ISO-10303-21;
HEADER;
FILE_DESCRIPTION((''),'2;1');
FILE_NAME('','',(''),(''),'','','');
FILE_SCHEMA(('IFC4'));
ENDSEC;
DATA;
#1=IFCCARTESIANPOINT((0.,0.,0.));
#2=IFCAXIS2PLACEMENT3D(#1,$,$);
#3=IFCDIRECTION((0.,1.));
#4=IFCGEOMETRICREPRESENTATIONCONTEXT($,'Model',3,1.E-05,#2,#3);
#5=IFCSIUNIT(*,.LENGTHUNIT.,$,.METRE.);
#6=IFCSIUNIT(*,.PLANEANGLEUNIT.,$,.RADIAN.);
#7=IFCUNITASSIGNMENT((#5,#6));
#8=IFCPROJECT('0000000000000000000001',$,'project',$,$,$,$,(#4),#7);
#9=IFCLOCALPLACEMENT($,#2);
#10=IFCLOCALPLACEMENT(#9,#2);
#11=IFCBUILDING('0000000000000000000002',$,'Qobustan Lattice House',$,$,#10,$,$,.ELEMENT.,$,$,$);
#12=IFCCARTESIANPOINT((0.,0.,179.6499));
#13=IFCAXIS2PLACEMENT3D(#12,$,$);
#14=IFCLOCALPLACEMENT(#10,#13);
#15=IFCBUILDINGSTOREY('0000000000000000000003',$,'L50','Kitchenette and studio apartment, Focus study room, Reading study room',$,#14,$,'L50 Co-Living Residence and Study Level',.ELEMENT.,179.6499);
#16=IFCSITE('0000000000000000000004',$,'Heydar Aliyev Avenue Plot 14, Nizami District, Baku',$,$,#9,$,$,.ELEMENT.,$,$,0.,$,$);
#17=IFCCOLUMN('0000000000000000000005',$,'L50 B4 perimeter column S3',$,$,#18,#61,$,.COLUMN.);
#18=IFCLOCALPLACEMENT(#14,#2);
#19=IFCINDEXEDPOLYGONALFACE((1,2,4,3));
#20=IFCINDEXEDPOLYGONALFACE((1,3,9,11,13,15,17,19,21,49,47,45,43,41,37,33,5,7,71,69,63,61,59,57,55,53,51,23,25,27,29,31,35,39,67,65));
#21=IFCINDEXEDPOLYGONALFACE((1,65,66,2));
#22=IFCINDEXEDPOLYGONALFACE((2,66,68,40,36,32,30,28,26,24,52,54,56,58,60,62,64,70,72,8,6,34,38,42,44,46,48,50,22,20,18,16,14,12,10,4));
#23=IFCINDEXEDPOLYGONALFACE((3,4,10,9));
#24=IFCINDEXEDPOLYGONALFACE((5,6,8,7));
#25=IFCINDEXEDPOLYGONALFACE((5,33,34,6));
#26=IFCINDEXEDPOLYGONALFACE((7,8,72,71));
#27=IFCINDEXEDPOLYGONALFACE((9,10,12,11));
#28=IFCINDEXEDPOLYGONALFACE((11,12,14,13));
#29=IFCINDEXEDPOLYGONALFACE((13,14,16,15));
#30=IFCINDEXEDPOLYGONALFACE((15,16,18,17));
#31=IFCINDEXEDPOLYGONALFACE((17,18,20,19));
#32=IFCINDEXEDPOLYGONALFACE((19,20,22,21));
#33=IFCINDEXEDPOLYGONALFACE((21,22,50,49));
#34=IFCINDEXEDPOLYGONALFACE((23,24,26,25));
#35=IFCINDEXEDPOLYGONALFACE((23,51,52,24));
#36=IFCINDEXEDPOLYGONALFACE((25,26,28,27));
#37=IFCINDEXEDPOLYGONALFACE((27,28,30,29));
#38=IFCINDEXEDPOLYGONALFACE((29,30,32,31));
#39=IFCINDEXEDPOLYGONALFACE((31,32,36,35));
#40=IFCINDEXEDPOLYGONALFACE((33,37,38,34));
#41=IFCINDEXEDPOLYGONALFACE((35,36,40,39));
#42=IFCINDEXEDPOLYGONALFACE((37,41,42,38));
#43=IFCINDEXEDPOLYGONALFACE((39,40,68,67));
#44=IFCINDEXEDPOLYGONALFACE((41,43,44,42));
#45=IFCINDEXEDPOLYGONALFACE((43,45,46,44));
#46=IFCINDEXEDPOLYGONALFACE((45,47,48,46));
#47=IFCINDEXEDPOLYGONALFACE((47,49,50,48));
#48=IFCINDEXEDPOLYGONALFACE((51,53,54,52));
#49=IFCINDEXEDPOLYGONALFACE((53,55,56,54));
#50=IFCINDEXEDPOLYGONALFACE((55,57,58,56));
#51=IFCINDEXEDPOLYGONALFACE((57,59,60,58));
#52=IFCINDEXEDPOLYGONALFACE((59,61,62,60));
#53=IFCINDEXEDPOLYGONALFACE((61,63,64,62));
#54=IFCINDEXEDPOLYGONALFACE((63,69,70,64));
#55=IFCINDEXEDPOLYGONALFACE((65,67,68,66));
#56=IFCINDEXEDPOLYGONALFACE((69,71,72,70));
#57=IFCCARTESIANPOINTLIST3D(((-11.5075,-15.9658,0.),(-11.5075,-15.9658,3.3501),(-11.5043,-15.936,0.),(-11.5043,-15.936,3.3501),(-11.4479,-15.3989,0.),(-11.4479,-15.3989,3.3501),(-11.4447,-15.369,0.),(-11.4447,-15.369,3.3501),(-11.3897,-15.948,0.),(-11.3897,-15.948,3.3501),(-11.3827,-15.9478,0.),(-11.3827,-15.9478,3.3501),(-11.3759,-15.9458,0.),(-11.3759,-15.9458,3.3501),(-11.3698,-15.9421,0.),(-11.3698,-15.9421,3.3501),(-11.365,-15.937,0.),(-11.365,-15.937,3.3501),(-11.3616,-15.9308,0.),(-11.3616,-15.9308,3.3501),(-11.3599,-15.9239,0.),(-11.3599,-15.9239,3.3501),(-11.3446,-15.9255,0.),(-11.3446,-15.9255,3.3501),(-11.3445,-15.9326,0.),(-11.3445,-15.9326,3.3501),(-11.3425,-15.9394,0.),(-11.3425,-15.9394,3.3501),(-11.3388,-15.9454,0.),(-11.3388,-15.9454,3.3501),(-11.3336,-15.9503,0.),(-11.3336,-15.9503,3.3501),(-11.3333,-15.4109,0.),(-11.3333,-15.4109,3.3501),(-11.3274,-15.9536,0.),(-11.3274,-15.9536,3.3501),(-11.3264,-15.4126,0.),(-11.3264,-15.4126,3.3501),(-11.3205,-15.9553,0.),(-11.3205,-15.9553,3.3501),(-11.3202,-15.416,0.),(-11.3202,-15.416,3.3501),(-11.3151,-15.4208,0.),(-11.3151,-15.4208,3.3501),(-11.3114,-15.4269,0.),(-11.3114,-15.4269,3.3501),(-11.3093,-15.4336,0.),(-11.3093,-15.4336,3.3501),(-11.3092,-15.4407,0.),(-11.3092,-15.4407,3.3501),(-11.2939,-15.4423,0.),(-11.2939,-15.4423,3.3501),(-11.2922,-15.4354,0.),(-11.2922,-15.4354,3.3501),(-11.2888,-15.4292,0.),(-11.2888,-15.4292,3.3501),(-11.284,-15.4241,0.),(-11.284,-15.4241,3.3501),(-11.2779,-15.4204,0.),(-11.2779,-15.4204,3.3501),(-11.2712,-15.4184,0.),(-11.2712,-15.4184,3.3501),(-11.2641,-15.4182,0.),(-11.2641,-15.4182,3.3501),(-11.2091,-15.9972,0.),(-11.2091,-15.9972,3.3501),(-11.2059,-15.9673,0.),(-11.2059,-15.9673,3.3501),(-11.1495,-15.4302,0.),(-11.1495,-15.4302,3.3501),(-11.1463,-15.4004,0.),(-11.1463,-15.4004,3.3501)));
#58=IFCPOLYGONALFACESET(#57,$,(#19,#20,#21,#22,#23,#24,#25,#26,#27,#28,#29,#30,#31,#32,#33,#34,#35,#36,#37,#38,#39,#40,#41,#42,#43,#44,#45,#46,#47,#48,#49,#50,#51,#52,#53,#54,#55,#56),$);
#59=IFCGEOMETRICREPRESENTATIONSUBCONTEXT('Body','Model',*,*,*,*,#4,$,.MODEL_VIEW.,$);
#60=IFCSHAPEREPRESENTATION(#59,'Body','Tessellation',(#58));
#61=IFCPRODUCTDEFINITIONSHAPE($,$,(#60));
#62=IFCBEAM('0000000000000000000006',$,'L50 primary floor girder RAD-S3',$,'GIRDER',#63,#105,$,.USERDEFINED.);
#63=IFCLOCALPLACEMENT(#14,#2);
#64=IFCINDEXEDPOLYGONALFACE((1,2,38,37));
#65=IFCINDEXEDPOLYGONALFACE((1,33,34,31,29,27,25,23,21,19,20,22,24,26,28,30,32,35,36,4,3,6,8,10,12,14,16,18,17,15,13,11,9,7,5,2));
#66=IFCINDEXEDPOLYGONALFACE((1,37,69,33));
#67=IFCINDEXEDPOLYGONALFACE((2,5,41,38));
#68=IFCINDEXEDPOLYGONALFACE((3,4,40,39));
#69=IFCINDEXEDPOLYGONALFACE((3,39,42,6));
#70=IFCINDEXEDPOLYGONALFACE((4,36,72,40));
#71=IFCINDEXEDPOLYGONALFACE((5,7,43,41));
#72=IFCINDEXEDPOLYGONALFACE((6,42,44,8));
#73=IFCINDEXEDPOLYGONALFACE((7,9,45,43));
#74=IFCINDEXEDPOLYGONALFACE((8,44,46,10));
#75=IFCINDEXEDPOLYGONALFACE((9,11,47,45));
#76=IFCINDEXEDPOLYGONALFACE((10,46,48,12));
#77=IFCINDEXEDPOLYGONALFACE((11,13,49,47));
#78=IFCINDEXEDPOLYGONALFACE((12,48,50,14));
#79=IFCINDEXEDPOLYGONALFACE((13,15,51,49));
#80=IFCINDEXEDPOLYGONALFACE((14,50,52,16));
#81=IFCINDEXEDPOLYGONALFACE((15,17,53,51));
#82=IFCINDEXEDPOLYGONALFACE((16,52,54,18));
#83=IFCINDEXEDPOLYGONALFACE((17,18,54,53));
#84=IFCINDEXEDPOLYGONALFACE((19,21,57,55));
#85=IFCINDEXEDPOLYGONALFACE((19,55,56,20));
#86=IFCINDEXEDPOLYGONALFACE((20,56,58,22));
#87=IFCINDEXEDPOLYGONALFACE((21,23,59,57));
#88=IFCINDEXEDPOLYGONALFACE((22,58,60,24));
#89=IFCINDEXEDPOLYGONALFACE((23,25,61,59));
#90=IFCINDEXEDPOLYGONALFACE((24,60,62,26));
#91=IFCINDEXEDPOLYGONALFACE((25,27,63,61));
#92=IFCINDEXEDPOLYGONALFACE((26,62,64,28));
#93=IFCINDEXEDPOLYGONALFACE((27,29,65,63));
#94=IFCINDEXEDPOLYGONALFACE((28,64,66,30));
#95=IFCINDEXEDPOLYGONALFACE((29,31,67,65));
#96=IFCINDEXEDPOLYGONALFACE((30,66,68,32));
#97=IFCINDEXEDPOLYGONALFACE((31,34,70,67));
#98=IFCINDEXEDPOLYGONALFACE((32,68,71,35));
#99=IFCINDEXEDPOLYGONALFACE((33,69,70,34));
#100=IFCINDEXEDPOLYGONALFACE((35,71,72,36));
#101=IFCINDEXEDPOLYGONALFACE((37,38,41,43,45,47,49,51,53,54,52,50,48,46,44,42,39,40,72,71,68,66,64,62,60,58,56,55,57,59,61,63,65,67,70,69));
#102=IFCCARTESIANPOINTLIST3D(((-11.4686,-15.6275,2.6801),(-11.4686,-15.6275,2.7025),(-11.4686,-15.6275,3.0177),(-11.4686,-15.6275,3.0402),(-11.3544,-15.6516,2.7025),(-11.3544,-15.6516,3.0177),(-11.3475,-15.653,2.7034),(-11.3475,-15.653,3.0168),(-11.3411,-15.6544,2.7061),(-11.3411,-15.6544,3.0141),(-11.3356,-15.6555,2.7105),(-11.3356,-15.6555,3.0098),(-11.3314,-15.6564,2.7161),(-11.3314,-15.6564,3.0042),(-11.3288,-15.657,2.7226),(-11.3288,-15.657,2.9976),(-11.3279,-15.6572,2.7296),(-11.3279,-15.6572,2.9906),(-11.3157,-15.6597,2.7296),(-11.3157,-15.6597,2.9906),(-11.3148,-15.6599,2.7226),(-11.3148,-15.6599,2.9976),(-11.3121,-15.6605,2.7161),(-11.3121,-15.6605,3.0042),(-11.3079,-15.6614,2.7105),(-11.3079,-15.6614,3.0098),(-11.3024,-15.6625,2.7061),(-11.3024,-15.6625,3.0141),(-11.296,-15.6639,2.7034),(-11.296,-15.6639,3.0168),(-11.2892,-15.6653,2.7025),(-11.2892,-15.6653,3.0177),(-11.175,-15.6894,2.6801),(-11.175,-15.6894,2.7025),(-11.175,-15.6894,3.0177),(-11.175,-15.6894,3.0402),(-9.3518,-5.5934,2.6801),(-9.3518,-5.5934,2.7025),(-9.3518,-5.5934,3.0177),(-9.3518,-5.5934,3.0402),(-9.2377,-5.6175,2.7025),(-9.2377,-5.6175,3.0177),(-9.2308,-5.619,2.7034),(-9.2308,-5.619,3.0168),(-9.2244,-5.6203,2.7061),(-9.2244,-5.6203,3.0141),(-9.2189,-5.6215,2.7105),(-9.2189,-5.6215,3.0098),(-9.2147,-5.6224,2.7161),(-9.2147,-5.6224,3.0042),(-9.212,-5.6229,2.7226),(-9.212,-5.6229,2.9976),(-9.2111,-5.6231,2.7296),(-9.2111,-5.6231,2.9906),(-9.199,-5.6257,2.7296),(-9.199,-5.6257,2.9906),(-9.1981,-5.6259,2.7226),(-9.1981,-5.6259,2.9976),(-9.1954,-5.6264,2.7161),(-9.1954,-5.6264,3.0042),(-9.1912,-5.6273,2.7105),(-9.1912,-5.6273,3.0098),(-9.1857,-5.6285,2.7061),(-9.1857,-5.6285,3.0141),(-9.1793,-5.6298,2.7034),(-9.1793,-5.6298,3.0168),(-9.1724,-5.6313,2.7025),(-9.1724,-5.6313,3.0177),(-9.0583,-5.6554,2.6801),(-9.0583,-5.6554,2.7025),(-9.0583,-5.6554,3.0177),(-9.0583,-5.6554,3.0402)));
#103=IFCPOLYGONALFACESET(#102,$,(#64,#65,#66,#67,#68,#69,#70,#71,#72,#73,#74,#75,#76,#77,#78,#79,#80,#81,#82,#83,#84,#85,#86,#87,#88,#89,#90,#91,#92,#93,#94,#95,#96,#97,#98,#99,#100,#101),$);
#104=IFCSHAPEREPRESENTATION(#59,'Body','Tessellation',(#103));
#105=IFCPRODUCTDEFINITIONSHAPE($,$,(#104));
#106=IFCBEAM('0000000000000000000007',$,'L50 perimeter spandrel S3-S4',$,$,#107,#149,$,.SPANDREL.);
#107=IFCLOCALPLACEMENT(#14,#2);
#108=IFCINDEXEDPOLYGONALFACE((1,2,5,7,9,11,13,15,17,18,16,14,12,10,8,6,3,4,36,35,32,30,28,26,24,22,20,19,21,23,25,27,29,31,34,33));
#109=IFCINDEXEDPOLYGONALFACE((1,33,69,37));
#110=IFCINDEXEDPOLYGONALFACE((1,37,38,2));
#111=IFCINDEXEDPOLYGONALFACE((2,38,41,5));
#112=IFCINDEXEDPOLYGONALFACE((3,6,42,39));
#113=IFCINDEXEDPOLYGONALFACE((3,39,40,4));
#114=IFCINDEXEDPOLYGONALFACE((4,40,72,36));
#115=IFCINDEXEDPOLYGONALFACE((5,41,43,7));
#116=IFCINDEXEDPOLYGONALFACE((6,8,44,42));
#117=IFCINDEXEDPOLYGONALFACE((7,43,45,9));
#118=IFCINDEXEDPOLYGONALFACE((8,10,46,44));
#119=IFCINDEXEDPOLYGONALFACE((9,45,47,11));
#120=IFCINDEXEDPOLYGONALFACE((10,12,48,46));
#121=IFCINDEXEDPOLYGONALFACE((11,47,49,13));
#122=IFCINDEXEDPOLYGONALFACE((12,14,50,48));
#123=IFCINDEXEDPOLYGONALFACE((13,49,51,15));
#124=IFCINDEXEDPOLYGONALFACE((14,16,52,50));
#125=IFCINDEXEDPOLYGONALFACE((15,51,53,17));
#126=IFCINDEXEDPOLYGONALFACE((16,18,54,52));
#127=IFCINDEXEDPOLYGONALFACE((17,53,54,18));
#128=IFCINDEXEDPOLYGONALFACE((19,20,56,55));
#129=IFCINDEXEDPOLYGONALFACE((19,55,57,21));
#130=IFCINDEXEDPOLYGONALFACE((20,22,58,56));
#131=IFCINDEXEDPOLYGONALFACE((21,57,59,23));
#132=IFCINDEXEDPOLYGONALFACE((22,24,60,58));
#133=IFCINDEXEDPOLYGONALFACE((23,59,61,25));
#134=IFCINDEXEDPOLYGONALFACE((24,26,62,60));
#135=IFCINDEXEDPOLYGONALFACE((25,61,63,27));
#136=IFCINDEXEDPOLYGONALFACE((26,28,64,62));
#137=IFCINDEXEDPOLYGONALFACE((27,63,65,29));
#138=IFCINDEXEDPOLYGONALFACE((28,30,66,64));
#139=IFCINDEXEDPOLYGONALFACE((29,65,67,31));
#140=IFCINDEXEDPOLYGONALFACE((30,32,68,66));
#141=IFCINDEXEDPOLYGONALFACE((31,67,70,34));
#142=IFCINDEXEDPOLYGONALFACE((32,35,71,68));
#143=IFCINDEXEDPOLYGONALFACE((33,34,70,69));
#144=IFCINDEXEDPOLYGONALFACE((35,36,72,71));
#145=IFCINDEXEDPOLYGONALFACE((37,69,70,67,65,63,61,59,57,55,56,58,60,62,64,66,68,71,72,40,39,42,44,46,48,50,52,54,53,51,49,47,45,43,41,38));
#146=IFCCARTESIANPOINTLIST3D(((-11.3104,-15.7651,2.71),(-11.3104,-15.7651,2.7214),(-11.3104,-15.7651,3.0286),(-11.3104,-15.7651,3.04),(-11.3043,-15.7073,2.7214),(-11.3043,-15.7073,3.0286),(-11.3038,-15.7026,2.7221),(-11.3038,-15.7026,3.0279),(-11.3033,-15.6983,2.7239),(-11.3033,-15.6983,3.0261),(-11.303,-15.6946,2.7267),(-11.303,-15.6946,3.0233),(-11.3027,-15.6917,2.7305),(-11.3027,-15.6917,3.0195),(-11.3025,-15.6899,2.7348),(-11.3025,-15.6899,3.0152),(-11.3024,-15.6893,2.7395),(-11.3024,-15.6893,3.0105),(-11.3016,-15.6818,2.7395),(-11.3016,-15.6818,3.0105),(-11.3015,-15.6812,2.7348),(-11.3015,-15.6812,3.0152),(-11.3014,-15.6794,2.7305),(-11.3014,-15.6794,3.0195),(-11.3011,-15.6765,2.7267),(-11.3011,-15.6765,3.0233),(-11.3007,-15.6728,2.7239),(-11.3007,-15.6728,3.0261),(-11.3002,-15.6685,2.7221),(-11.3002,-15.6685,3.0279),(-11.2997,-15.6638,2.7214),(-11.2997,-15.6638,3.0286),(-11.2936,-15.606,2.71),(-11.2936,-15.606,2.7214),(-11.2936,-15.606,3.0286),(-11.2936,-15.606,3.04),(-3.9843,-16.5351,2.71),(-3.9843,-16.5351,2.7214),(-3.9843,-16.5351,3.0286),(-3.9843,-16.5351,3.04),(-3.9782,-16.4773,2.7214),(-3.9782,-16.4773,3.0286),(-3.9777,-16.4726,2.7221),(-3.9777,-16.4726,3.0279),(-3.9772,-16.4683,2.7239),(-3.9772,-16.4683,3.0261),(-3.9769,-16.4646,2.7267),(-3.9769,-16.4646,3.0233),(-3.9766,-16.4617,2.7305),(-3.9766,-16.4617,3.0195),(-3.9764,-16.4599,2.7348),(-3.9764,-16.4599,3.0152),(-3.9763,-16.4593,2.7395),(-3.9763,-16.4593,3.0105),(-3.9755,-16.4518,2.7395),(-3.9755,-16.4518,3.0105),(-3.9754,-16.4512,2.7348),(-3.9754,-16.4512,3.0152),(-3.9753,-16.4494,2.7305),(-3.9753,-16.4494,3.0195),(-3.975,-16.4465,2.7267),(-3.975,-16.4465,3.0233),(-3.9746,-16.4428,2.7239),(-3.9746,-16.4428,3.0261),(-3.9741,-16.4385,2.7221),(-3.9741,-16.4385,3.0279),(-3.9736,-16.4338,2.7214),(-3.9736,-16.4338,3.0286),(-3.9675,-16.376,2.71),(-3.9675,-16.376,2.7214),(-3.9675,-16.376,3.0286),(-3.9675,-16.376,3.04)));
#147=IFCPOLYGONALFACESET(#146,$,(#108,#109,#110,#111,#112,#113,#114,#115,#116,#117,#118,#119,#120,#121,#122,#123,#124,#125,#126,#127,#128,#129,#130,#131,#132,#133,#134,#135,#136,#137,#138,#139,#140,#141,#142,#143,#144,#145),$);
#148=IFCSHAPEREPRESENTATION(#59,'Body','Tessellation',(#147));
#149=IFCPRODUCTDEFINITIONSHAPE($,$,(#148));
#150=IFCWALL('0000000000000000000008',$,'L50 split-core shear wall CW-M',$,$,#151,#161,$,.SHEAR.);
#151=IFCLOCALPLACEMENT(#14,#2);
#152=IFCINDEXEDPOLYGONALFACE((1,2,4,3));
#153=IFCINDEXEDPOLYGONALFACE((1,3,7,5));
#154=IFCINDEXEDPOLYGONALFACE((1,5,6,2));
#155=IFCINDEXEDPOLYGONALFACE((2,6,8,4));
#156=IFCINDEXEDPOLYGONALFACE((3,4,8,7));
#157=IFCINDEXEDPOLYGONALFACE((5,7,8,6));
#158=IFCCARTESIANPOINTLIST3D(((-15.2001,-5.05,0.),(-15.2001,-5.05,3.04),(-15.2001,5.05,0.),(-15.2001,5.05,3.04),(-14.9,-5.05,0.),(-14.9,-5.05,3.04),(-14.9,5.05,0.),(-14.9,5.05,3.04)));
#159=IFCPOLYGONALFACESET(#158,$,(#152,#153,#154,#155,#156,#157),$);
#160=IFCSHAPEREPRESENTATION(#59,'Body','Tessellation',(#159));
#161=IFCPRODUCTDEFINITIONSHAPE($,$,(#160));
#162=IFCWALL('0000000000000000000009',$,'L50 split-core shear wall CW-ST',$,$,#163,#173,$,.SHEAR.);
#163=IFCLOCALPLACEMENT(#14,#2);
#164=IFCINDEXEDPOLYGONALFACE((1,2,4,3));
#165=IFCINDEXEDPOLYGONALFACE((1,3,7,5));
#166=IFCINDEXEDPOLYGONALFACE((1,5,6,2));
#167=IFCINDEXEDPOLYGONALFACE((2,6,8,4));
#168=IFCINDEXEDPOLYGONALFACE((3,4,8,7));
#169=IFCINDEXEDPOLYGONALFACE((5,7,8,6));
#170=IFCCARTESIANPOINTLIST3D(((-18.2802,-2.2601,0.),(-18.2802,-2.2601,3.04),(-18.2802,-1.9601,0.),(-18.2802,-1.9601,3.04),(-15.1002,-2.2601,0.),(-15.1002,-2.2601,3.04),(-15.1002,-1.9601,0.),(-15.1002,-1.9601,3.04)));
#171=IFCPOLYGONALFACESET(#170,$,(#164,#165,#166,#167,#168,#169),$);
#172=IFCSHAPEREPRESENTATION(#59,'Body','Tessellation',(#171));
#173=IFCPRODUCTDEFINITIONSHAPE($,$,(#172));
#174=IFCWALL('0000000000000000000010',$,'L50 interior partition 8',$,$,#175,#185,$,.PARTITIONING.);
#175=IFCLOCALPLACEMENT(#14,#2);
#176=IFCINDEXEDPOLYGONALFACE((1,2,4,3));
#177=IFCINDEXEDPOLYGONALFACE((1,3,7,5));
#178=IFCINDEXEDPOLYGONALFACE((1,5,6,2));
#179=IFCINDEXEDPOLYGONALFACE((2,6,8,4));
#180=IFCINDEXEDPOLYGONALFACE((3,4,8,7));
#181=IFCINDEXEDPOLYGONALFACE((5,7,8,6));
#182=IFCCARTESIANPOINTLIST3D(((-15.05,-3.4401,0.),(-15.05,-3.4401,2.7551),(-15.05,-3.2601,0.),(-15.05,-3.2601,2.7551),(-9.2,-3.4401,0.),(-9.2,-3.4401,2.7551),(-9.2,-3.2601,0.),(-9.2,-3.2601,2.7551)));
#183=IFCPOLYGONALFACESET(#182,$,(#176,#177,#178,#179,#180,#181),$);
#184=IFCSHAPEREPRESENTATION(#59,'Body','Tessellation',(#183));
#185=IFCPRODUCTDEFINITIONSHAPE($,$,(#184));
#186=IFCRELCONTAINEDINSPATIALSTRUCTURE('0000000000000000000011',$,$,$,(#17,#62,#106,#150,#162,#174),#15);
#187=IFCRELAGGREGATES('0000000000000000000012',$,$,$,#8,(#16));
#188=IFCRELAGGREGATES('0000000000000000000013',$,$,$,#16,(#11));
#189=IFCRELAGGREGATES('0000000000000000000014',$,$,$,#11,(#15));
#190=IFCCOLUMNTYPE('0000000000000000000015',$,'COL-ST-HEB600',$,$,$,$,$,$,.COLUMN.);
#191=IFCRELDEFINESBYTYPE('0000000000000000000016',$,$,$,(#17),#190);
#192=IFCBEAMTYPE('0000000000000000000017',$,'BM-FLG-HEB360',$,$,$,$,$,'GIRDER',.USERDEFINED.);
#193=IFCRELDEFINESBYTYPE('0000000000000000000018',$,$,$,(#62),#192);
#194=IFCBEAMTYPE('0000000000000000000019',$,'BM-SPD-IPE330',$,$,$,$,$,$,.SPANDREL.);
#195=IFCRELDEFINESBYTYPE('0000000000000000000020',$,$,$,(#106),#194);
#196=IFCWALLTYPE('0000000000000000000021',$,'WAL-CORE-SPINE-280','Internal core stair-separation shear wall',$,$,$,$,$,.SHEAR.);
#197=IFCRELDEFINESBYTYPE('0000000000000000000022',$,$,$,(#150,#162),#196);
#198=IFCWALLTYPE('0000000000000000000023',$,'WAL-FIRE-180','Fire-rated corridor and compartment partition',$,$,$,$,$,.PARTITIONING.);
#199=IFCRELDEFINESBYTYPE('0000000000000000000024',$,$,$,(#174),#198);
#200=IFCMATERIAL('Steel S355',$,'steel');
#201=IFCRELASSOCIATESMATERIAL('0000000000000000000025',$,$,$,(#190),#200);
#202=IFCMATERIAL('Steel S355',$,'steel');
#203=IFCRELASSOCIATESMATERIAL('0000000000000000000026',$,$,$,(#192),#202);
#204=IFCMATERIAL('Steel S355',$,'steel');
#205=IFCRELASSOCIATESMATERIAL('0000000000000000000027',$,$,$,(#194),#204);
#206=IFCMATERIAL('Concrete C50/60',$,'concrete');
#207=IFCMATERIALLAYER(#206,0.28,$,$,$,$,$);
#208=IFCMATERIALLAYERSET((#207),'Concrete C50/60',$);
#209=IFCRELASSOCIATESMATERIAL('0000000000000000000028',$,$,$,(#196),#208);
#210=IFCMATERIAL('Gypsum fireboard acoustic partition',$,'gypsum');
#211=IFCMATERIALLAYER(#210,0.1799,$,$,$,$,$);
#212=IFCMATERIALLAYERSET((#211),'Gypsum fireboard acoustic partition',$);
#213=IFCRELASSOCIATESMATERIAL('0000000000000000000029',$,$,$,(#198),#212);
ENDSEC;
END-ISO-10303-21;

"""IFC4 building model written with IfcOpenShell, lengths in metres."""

from ifc_helpers import new_model, si_unit, direction, frame, frame_2d, origin, origin_2d, place, context, subcontext, project, spatial, rectangle, i_section, extrude, material, layer, layer_set, material_profile, profile_set, type_object, element, save


model = new_model("IFC4")

# Units and contexts
model_context = context("Model", 3, precision=1e-05, world=origin(), true_north=direction((0.0, 1.0)))
body_context = subcontext(model_context, "Body", "Model", "MODEL_VIEW")
ifc_project = project(units=[si_unit("LENGTHUNIT", "METRE"), si_unit("PLANEANGLEUNIT", "RADIAN")], contexts=[model_context])

# Site, building, storey
site_placement = place(None, origin())
site = spatial("IfcSite", under=ifc_project, at=site_placement, Name="Heydar Aliyev Avenue Plot 14, Nizami District, Baku", CompositionType="ELEMENT", RefElevation=0.0)
building_placement = place(site_placement, origin())
building = spatial("IfcBuilding", under=site, at=building_placement, Name="Qobustan Lattice House", CompositionType="ELEMENT")
storey_placement = place(building_placement, frame((0.0, 0.0, 179.6499)))
storey = spatial("IfcBuildingStorey", under=building, at=storey_placement, Name="L50", Description="Kitchenette and studio apartment, Focus study room, Reading study room", LongName="L50 Co-Living Residence and Study Level", CompositionType="ELEMENT", Elevation=179.6499)

# Column
ifc_material_1 = material(Name="Steel S355", Category="steel")
ifc_material_profile_1 = material_profile(ifc_material_1, i_section(OverallWidth=0.3, OverallDepth=0.6001, WebThickness=0.0154, FlangeThickness=0.03, FilletRadius=0.0271, at=origin_2d()), Name="HEB600")
ifc_profile_set_1 = profile_set([ifc_material_profile_1], Name="Steel S355")
column_type = type_object("IfcColumnType", Name="COL-ST-HEB600", PredefinedType="COLUMN", material=ifc_profile_set_1)
column_placement = place(storey_placement, frame((-11.3269, -15.6831, 0.0), z_axis=(0.0, 0.0, 1.0), x_axis=(0.994522, -0.104528, 0.0)))
element("IfcColumn", 1, at=column_placement, inside=storey, type_object=column_type, Name="L50 B4 perimeter column S3", PredefinedType="COLUMN", context=body_context, shape_type="SweptSolid", body=[
    extrude(i_section(OverallWidth=0.3, OverallDepth=0.6001, WebThickness=0.0154, FlangeThickness=0.03, FilletRadius=0.0271, at=origin_2d()), origin(), (0.0, 0.0, 1.0), 3.3501),
])

# Beams
ifc_material_2 = material(Name="Steel S355", Category="steel")
ifc_material_profile_2 = material_profile(ifc_material_2, i_section(OverallWidth=0.3, OverallDepth=0.3601, WebThickness=0.0125, FlangeThickness=0.0225, FilletRadius=0.0271, at=origin_2d()), Name="HEB360")
ifc_profile_set_2 = profile_set([ifc_material_profile_2], Name="Steel S355")
beam_type_1 = type_object("IfcBeamType", Name="BM-FLG-HEB360", ElementType="GIRDER", PredefinedType="USERDEFINED", material=ifc_profile_set_2)
beam_1_placement = place(storey_placement, frame((-11.3218, -15.6584, 2.8601), z_axis=(0.206411, 0.978465, 0.0), x_axis=(-0.978465, 0.206411, 0.0)))
element("IfcBeam", 2, at=beam_1_placement, inside=storey, type_object=beam_type_1, Name="L50 primary floor girder RAD-S3", ObjectType="GIRDER", PredefinedType="USERDEFINED", context=body_context, shape_type="SweptSolid", body=[
    extrude(i_section(OverallWidth=0.3, OverallDepth=0.3601, WebThickness=0.0125, FlangeThickness=0.0225, FilletRadius=0.0271, at=origin_2d()), origin(), (0.0, 0.0, 1.0), 10.2549),
])
ifc_material_3 = material(Name="Steel S355", Category="steel")
ifc_material_profile_3 = material_profile(ifc_material_3, i_section(OverallWidth=0.1599, OverallDepth=0.3301, WebThickness=0.0076, FlangeThickness=0.0115, FilletRadius=0.0181, at=origin_2d()), Name="IPE330")
ifc_profile_set_3 = profile_set([ifc_material_profile_3], Name="Steel S355")
beam_type_2 = type_object("IfcBeamType", Name="BM-SPD-IPE330", PredefinedType="SPANDREL", material=ifc_profile_set_3)
beam_2_placement = place(storey_placement, frame((-11.302, -15.6855, 2.875), z_axis=(0.994522, -0.10453, 0.0), x_axis=(0.10453, 0.994522, 0.0)))
element("IfcBeam", 3, at=beam_2_placement, inside=storey, type_object=beam_type_2, Name="L50 perimeter spandrel S3-S4", PredefinedType="SPANDREL", context=body_context, shape_type="SweptSolid", body=[
    extrude(i_section(OverallWidth=0.1599, OverallDepth=0.3301, WebThickness=0.0076, FlangeThickness=0.0115, FilletRadius=0.0181, at=origin_2d()), origin(), (0.0, 0.0, 1.0), 7.3665),
])

# Walls
ifc_material_4 = material(Name="Concrete C50/60", Category="concrete")
ifc_layer_1 = layer(ifc_material_4, 0.28)
ifc_layer_set_1 = layer_set([ifc_layer_1], Name="Concrete C50/60")
wall_type_1 = type_object("IfcWallType", Name="WAL-CORE-SPINE-280", Description="Internal core stair-separation shear wall", PredefinedType="SHEAR", material=ifc_layer_set_1)
wall_1_placement = place(storey_placement, frame((-15.05, -5.05, 0.0), z_axis=(0.0, 0.0, 1.0), x_axis=(0.0, 1.0, 0.0)))
element("IfcWall", 4, at=wall_1_placement, inside=storey, type_object=wall_type_1, Name="L50 split-core shear wall CW-M", PredefinedType="SHEAR", context=body_context, shape_type="SweptSolid", body=[
    extrude(rectangle(XDim=10.1001, YDim=0.3, at=frame_2d((5.05, 0.0))), origin(), (0.0, 0.0, 1.0), 3.04),
])
wall_2_placement = place(storey_placement, frame((-18.28, -2.1101, 0.0), z_axis=(0.0, 0.0, 1.0), x_axis=(1.0, 0.0, 0.0)))
element("IfcWall", 5, at=wall_2_placement, inside=storey, type_object=wall_type_1, Name="L50 split-core shear wall CW-ST", PredefinedType="SHEAR", context=body_context, shape_type="SweptSolid", body=[
    extrude(rectangle(XDim=3.1799, YDim=0.3, at=frame_2d((1.5898, 0.0))), origin(), (0.0, 0.0, 1.0), 3.04),
])
ifc_material_5 = material(Name="Gypsum fireboard acoustic partition", Category="gypsum")
ifc_layer_2 = layer(ifc_material_5, 0.1799)
ifc_layer_set_2 = layer_set([ifc_layer_2], Name="Gypsum fireboard acoustic partition")
wall_type_2 = type_object("IfcWallType", Name="WAL-FIRE-180", Description="Fire-rated corridor and compartment partition", PredefinedType="PARTITIONING", material=ifc_layer_set_2)
wall_3_placement = place(storey_placement, frame((-15.05, -3.3501, 0.0), z_axis=(0.0, 0.0, 1.0), x_axis=(1.0, 0.0, 0.0)))
element("IfcWall", 6, at=wall_3_placement, inside=storey, type_object=wall_type_2, Name="L50 interior partition 8", PredefinedType="PARTITIONING", context=body_context, shape_type="SweptSolid", body=[
    extrude(rectangle(XDim=5.8501, YDim=0.1799, at=frame_2d((2.925, 0.0))), origin(), (0.0, 0.0, 1.0), 2.7551),
])

save(model, "model.ifc")
